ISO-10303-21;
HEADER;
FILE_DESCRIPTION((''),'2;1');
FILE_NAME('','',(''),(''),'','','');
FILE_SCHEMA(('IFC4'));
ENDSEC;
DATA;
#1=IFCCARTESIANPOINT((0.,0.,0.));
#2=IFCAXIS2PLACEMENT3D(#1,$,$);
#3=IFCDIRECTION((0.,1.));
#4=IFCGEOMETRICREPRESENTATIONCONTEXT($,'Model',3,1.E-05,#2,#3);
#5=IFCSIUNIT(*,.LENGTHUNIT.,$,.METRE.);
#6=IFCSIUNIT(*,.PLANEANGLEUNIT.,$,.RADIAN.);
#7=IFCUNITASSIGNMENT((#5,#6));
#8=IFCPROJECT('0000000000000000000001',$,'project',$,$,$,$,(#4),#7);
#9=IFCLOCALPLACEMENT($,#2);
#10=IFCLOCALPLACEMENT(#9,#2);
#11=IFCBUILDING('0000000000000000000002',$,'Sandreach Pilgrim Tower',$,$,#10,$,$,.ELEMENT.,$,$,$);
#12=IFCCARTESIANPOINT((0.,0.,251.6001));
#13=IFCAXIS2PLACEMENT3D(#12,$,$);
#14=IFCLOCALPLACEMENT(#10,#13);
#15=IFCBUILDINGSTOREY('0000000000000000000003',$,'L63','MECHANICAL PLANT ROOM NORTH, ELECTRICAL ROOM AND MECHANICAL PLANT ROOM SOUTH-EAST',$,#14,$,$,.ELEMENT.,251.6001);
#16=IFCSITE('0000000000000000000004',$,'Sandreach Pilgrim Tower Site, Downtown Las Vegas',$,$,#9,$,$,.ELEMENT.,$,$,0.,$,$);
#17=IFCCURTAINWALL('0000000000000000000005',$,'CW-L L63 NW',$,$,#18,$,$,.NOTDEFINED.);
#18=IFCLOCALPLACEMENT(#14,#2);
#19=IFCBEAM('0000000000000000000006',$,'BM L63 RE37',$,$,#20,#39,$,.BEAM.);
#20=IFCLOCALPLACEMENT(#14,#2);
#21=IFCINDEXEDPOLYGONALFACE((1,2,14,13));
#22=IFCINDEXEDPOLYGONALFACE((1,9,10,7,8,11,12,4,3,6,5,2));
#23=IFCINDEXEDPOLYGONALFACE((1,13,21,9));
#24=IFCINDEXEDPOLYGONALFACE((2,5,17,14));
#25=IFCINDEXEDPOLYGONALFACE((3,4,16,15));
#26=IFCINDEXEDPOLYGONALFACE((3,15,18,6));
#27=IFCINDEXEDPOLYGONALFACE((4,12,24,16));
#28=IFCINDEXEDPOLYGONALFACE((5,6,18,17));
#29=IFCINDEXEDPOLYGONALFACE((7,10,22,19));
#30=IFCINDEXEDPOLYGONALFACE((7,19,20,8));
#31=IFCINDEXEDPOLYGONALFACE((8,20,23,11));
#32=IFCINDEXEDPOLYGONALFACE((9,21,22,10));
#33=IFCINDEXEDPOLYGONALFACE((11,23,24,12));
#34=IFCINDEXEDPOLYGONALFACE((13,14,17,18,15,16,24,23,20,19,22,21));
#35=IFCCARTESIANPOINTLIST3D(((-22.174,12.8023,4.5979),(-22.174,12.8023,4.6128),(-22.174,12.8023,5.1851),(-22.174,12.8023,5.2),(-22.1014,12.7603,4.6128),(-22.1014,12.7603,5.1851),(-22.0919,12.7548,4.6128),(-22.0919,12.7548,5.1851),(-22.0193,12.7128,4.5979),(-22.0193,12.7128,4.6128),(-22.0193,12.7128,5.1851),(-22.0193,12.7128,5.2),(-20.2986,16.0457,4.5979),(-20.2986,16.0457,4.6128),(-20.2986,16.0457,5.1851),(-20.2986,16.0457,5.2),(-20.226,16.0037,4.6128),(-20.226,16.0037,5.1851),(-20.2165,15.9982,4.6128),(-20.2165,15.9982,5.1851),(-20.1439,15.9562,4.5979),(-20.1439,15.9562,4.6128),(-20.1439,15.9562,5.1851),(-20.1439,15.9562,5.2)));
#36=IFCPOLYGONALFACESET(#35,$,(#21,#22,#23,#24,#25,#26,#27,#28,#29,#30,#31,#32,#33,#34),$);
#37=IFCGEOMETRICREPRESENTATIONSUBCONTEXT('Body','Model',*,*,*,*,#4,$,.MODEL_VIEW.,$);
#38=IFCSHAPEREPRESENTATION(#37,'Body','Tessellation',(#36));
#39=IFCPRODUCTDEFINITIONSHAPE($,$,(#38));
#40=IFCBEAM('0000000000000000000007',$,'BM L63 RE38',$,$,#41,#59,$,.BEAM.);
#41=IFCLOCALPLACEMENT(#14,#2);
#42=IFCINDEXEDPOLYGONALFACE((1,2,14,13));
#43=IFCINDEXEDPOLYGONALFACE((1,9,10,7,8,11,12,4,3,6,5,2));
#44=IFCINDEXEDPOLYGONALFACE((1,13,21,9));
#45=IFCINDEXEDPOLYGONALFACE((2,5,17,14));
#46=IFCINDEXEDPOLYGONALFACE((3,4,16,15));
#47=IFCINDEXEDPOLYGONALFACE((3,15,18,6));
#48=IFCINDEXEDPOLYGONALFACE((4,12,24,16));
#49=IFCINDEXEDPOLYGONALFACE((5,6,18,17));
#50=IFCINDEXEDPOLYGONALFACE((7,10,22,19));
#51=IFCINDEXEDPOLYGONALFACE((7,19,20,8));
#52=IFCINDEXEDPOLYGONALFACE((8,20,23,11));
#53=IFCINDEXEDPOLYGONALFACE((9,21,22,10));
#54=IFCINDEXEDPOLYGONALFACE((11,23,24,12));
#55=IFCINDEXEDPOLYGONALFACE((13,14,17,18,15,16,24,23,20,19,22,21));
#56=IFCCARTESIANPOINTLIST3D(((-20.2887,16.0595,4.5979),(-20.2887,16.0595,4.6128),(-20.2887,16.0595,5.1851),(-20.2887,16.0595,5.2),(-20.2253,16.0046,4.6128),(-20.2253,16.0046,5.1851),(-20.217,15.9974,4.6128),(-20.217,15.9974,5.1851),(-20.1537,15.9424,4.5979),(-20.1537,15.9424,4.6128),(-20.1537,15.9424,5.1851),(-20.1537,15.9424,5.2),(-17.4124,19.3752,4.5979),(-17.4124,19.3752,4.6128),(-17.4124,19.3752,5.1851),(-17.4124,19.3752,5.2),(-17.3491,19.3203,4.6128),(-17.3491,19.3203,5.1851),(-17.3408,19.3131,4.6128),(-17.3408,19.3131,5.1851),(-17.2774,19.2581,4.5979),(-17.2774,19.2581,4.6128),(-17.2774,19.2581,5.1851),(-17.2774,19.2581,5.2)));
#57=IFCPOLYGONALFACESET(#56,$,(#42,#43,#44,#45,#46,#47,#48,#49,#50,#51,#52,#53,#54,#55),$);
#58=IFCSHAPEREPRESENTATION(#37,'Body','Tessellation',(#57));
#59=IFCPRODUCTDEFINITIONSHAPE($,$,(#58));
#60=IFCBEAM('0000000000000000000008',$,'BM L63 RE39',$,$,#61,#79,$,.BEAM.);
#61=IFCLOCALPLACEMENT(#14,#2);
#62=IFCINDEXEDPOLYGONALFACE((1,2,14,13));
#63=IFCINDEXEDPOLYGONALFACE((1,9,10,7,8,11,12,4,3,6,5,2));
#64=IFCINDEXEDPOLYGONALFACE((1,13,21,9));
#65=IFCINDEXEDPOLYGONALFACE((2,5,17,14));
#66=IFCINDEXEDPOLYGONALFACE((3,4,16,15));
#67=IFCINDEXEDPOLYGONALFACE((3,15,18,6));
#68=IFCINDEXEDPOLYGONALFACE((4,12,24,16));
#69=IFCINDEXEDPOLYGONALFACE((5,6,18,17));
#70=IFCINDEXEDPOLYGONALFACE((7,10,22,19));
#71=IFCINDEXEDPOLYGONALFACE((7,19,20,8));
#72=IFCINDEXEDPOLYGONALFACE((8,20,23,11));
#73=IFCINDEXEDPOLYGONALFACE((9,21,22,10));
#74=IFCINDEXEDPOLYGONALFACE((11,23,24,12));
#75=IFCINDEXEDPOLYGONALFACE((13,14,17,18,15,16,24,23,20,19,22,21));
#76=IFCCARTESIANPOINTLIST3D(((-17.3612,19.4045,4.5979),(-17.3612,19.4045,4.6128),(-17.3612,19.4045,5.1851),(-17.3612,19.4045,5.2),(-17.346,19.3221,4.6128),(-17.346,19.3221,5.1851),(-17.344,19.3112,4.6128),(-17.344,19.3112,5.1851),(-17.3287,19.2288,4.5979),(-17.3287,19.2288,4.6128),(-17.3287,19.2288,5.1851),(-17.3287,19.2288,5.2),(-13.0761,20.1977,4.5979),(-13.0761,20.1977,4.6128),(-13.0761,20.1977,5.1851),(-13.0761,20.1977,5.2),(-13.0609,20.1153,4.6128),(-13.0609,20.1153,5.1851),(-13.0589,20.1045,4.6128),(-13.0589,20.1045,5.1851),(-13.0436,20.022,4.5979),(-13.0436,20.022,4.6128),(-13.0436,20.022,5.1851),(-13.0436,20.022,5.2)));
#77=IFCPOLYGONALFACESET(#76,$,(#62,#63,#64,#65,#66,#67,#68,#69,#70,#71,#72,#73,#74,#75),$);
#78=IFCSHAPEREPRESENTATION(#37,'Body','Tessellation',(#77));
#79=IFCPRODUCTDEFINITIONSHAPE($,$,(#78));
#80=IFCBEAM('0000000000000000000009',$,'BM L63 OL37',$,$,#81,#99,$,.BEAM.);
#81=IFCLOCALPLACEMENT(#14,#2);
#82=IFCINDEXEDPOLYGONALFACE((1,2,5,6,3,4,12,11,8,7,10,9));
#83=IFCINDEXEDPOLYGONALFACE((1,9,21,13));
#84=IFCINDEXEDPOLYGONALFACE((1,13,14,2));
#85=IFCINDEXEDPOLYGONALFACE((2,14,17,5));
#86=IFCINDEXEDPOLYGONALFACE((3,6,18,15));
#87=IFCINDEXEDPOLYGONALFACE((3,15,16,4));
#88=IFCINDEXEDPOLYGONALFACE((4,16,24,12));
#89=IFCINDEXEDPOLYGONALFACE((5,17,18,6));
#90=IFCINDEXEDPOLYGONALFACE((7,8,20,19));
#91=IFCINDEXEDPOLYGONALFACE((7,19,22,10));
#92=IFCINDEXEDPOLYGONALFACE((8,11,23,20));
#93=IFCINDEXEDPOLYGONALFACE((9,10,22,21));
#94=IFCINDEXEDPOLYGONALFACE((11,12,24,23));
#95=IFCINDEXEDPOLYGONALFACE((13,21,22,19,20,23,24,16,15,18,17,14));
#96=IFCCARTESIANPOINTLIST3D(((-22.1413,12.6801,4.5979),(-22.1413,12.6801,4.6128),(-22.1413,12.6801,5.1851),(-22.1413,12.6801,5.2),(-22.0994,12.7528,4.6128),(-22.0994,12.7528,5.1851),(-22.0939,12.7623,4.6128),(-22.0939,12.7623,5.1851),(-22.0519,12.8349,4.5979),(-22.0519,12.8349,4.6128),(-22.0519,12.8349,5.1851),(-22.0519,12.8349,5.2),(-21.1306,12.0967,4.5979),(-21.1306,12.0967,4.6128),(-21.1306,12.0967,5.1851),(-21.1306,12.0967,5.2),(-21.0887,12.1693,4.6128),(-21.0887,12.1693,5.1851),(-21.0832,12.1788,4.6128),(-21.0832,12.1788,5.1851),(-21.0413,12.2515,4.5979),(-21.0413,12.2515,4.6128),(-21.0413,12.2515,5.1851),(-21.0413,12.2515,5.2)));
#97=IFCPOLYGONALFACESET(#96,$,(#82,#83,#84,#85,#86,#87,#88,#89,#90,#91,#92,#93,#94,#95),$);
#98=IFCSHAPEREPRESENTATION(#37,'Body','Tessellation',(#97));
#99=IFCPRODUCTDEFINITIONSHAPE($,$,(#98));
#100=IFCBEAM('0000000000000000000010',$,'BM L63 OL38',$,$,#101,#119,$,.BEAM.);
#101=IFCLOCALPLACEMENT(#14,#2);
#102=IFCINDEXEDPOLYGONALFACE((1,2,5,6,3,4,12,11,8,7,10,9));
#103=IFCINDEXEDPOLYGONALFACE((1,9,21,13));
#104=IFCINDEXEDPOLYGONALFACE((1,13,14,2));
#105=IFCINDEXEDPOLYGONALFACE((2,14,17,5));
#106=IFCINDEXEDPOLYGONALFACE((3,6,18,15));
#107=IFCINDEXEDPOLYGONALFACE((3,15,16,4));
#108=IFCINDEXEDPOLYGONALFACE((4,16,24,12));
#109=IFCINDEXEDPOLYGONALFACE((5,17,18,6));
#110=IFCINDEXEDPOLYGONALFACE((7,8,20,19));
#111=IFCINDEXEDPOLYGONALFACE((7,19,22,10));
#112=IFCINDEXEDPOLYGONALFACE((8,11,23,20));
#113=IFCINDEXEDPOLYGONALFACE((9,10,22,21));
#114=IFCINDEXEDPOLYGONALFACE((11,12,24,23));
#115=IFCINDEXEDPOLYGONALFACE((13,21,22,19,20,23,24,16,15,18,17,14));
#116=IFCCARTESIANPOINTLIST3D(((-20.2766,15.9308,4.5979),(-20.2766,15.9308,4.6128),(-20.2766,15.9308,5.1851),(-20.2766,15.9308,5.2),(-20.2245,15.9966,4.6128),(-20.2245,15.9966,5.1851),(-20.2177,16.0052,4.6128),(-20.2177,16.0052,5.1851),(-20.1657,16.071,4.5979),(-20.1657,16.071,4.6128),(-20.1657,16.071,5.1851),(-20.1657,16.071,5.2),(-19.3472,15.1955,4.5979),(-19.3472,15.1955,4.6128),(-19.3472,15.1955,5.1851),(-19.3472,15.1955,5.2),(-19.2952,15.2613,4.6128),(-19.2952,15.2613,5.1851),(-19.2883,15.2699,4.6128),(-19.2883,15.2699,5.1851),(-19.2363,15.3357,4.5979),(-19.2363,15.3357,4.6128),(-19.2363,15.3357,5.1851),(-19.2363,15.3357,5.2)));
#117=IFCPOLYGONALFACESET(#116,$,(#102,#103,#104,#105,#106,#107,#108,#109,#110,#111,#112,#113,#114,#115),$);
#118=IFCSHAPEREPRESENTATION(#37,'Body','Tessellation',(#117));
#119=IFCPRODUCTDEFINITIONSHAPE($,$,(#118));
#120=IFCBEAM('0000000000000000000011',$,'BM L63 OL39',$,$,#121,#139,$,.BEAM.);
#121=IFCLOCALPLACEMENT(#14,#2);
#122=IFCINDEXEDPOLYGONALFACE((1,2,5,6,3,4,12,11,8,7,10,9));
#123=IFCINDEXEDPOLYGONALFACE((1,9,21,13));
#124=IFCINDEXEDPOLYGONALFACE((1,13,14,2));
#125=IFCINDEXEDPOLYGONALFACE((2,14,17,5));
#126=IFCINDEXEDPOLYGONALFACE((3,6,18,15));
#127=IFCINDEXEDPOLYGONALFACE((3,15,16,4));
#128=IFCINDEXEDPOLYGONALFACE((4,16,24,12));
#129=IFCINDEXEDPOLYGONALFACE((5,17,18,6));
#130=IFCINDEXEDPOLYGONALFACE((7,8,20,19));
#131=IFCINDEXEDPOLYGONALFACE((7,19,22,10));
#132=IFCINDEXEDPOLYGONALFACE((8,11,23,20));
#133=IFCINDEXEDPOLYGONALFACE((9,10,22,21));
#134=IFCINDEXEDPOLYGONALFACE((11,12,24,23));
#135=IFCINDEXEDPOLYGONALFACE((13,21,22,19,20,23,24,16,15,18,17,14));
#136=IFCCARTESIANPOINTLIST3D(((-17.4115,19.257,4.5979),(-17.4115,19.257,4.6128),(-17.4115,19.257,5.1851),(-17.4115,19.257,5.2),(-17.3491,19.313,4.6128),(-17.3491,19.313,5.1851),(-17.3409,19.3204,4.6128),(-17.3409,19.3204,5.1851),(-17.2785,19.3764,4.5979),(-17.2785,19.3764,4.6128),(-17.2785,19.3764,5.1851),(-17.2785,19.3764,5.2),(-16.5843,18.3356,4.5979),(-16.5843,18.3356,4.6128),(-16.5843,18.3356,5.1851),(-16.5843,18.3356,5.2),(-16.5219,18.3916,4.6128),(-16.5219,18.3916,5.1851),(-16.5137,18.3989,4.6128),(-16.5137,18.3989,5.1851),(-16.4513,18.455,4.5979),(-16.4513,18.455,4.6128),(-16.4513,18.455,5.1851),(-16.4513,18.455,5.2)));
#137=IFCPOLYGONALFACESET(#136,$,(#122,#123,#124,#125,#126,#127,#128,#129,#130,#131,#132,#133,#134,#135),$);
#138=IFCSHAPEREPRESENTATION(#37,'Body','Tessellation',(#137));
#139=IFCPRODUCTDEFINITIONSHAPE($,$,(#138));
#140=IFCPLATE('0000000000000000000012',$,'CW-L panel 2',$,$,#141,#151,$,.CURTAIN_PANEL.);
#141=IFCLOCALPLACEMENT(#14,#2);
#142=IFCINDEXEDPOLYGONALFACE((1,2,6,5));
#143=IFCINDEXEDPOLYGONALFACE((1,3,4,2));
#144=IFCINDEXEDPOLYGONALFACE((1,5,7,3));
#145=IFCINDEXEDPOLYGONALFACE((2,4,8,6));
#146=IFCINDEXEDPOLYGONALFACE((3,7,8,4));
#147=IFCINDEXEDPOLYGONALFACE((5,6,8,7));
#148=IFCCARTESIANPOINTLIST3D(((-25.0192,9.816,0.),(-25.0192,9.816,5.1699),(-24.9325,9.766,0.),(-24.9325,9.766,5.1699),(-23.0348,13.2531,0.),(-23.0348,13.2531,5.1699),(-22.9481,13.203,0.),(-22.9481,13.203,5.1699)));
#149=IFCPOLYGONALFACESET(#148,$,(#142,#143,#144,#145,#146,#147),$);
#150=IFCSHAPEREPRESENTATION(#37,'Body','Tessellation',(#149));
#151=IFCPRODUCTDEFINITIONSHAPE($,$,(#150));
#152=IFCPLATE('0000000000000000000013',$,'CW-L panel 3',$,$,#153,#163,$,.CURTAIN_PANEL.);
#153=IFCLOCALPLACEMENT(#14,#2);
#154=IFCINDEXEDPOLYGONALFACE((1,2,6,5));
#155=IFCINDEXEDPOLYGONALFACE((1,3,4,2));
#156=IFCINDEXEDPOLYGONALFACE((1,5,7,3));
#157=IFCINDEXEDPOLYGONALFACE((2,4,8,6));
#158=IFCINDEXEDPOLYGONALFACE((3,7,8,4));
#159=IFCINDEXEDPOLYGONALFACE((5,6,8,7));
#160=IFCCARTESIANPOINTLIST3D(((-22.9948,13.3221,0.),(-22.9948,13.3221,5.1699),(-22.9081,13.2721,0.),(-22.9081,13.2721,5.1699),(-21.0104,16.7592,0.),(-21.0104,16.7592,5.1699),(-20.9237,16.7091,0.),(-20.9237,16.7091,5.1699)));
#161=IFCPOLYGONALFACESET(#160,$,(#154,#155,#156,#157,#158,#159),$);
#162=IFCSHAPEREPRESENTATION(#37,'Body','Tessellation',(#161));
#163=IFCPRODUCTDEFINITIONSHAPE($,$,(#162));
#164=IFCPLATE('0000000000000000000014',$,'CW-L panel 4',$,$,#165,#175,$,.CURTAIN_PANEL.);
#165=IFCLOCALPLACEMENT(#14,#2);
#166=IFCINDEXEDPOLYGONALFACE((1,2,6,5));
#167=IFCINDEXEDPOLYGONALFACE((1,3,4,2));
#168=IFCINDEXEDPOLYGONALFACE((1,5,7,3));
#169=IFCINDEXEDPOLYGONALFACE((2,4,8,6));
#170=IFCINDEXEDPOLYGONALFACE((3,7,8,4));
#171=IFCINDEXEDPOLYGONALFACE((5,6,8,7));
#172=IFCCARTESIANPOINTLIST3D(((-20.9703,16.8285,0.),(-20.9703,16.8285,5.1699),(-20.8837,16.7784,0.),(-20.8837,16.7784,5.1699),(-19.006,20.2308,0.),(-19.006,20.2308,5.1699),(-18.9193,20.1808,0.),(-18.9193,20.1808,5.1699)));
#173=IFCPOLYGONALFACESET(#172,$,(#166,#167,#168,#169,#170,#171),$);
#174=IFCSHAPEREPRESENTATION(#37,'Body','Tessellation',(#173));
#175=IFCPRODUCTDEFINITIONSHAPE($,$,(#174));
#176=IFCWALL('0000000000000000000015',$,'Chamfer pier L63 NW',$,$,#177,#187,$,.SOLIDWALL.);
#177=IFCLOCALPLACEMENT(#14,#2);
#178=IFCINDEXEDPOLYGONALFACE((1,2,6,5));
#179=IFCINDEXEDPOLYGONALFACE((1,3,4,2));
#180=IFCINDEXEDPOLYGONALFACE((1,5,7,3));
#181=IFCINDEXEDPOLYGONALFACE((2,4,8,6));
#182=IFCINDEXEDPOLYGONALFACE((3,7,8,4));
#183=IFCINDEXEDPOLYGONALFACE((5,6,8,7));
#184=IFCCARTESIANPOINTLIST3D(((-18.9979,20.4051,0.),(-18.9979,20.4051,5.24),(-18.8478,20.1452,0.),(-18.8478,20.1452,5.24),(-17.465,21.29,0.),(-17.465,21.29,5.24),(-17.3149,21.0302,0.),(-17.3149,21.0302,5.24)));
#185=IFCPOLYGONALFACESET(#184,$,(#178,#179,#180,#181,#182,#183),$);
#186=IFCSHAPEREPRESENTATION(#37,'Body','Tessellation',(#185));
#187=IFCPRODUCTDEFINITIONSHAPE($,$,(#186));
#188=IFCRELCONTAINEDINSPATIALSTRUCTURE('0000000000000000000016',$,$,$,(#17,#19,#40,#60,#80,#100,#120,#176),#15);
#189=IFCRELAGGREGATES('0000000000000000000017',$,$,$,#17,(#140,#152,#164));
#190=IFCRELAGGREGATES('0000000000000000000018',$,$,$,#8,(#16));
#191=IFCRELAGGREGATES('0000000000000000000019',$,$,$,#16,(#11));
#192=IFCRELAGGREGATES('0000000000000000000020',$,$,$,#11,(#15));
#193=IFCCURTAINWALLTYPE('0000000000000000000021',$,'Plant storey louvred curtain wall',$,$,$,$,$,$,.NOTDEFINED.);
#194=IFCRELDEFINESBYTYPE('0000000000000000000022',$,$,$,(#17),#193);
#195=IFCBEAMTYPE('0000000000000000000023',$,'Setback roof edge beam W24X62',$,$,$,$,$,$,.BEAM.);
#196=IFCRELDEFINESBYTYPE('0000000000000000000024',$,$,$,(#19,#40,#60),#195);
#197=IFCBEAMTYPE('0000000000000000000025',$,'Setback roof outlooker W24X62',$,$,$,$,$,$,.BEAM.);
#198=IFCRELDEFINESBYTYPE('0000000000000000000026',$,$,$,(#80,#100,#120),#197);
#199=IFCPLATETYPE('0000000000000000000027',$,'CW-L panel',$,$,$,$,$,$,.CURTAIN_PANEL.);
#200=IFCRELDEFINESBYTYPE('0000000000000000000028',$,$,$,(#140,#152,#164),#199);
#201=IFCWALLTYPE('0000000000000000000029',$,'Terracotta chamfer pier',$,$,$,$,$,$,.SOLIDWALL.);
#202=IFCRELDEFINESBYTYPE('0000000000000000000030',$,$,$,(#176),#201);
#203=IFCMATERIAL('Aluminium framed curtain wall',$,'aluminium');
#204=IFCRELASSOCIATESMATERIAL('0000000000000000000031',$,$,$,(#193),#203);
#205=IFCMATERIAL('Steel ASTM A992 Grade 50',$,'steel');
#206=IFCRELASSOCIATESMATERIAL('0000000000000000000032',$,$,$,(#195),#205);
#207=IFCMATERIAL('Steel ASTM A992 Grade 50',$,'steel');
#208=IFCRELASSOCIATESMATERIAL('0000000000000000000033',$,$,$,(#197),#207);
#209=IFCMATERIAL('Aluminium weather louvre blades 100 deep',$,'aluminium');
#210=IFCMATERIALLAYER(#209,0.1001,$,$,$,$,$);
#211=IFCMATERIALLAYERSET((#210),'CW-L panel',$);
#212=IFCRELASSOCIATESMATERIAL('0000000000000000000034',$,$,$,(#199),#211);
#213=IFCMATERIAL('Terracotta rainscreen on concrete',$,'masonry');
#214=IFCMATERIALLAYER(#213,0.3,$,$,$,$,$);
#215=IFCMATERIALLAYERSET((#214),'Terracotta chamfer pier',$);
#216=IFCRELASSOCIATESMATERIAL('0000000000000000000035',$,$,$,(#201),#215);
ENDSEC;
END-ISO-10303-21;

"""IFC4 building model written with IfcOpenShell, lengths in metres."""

from ifc_helpers import new_model, si_unit, direction, frame, frame_2d, origin, origin_2d, place, context, subcontext, project, spatial, rectangle, i_section, extrude, material, layer, layer_set, material_profile, profile_set, type_object, element, aggregate, save


model = new_model("IFC4")

# Units and contexts
model_context = context("Model", 3, precision=1e-05, world=origin(), true_north=direction((0.0, 1.0)))
body_context = subcontext(model_context, "Body", "Model", "MODEL_VIEW")
ifc_project = project(units=[si_unit("LENGTHUNIT", "METRE"), si_unit("PLANEANGLEUNIT", "RADIAN")], contexts=[model_context])

# Site, building, storey
site_placement = place(None, origin())
site = spatial("IfcSite", under=ifc_project, at=site_placement, Name="Sandreach Pilgrim Tower Site, Downtown Las Vegas", CompositionType="ELEMENT", RefElevation=0.0)
building_placement = place(site_placement, origin())
building = spatial("IfcBuilding", under=site, at=building_placement, Name="Sandreach Pilgrim Tower", CompositionType="ELEMENT")
storey_placement = place(building_placement, frame((0.0, 0.0, 251.6001)))
storey = spatial("IfcBuildingStorey", under=building, at=storey_placement, Name="L63", Description="MECHANICAL PLANT ROOM NORTH, ELECTRICAL ROOM AND MECHANICAL PLANT ROOM SOUTH-EAST", CompositionType="ELEMENT", Elevation=251.6001)

# Shared definitions
ifc_material_1 = material(Name="Aluminium framed curtain wall", Category="aluminium")
curtain_wall_type = type_object("IfcCurtainWallType", Name="Plant storey louvred curtain wall", PredefinedType="NOTDEFINED", material=ifc_material_1)

# Curtain wall
curtain_wall_1_placement = place(storey_placement, origin())
curtain_wall_1 = element("IfcCurtainWall", 1, at=curtain_wall_1_placement, inside=storey, type_object=curtain_wall_type, Name="CW-L L63 NW", PredefinedType="NOTDEFINED")

# Beams
ifc_material_2 = material(Name="Steel ASTM A992 Grade 50", Category="steel")
ifc_material_profile_1 = material_profile(ifc_material_2, i_section(OverallWidth=0.1787, OverallDepth=0.6021, WebThickness=0.011, FlangeThickness=0.0149, at=origin_2d()), Name="W24X62")
ifc_profile_set_1 = profile_set([ifc_material_profile_1], Name="Steel ASTM A992 Grade 50")
beam_type_1 = type_object("IfcBeamType", Name="Setback roof edge beam W24X62", PredefinedType="BEAM", material=ifc_profile_set_1)
beam_1_placement = place(storey_placement, frame((-22.0967, 12.7576, 4.8989), z_axis=(0.500582, 0.865689, 0.0), x_axis=(-0.865689, 0.500582, 0.0)))
element("IfcBeam", 2, at=beam_1_placement, inside=storey, type_object=beam_type_1, Name="BM L63 RE37", PredefinedType="BEAM", context=body_context, shape_type="SweptSolid", body=[
    extrude(i_section(OverallWidth=0.1787, OverallDepth=0.6021, WebThickness=0.011, FlangeThickness=0.0149, at=origin_2d()), origin(), (0.0, 0.0, 1.0), 3.7466),
])
beam_2_placement = place(storey_placement, frame((-20.2212, 16.001, 4.8989), z_axis=(0.655274, 0.755392, 0.0), x_axis=(-0.755392, 0.655274, 0.0)))
element("IfcBeam", 3, at=beam_2_placement, inside=storey, type_object=beam_type_1, Name="BM L63 RE38", PredefinedType="BEAM", context=body_context, shape_type="SweptSolid", body=[
    extrude(i_section(OverallWidth=0.1787, OverallDepth=0.6021, WebThickness=0.011, FlangeThickness=0.0149, at=origin_2d()), origin(), (0.0, 0.0, 1.0), 4.3894),
])
beam_3_placement = place(storey_placement, frame((-17.345, 19.3167, 4.8989), z_axis=(0.983296, 0.182015, 0.0), x_axis=(-0.182015, 0.983296, 0.0)))
element("IfcBeam", 4, at=beam_3_placement, inside=storey, type_object=beam_type_1, Name="BM L63 RE39", PredefinedType="BEAM", context=body_context, shape_type="SweptSolid", body=[
    extrude(i_section(OverallWidth=0.1787, OverallDepth=0.6021, WebThickness=0.011, FlangeThickness=0.0149, at=origin_2d()), origin(), (0.0, 0.0, 1.0), 4.3579),
])
ifc_material_3 = material(Name="Steel ASTM A992 Grade 50", Category="steel")
ifc_material_profile_2 = material_profile(ifc_material_3, i_section(OverallWidth=0.1787, OverallDepth=0.6021, WebThickness=0.011, FlangeThickness=0.0149, at=origin_2d()), Name="W24X62")
ifc_profile_set_2 = profile_set([ifc_material_profile_2], Name="Steel ASTM A992 Grade 50")
beam_type_2 = type_object("IfcBeamType", Name="Setback roof outlooker W24X62", PredefinedType="BEAM", material=ifc_profile_set_2)
beam_4_placement = place(storey_placement, frame((-21.0859, 12.1741, 4.8989), z_axis=(-0.866046, 0.499964, 0.0), x_axis=(-0.499964, -0.866046, 0.0)))
element("IfcBeam", 5, at=beam_4_placement, inside=storey, type_object=beam_type_2, Name="BM L63 OL37", PredefinedType="BEAM", context=body_context, shape_type="SweptSolid", body=[
    extrude(i_section(OverallWidth=0.1787, OverallDepth=0.6021, WebThickness=0.011, FlangeThickness=0.0149, at=origin_2d()), origin(), (0.0, 0.0, 1.0), 1.167),
])
beam_5_placement = place(storey_placement, frame((-19.2917, 15.2656, 4.8989), z_axis=(-0.784234, 0.620465, 0.0), x_axis=(-0.620465, -0.784234, 0.0)))
element("IfcBeam", 6, at=beam_5_placement, inside=storey, type_object=beam_type_2, Name="BM L63 OL38", PredefinedType="BEAM", context=body_context, shape_type="SweptSolid", body=[
    extrude(i_section(OverallWidth=0.1787, OverallDepth=0.6021, WebThickness=0.011, FlangeThickness=0.0149, at=origin_2d()), origin(), (0.0, 0.0, 1.0), 1.1851),
])
beam_6_placement = place(storey_placement, frame((-16.5178, 18.3953, 4.8989), z_axis=(-0.668027, 0.744137, 0.0), x_axis=(-0.744137, -0.668027, 0.0)))
element("IfcBeam", 7, at=beam_6_placement, inside=storey, type_object=beam_type_2, Name="BM L63 OL39", PredefinedType="BEAM", context=body_context, shape_type="SweptSolid", body=[
    extrude(i_section(OverallWidth=0.1787, OverallDepth=0.6021, WebThickness=0.011, FlangeThickness=0.0149, at=origin_2d()), origin(), (0.0, 0.0, 1.0), 1.2383),
])

# Plates
ifc_material_4 = material(Name="Aluminium weather louvre blades 100 deep", Category="aluminium")
ifc_layer_1 = layer(ifc_material_4, 0.1001)
ifc_layer_set_1 = layer_set([ifc_layer_1], Name="CW-L panel")
plate_type = type_object("IfcPlateType", Name="CW-L panel", PredefinedType="CURTAIN_PANEL", material=ifc_layer_set_1)
plate_1_placement = place(storey_placement, frame((-23.9836, 11.5095, 0.0), z_axis=(0.0, 0.0, 1.0), x_axis=(0.5, 0.866025, 0.0)))
plate_1 = element("IfcPlate", 8, at=plate_1_placement, type_object=plate_type, Name="CW-L panel 2", PredefinedType="CURTAIN_PANEL", context=body_context, shape_type="SweptSolid", body=[
    extrude(rectangle(XDim=3.9688, YDim=0.1001, at=origin_2d()), origin(), (0.0, 0.0, 1.0), 5.1699),
])
plate_2_placement = place(storey_placement, frame((-21.9592, 15.0156, 0.0), z_axis=(0.0, 0.0, 1.0), x_axis=(0.5, 0.866025, 0.0)))
plate_2 = element("IfcPlate", 9, at=plate_2_placement, type_object=plate_type, Name="CW-L panel 3", PredefinedType="CURTAIN_PANEL", context=body_context, shape_type="SweptSolid", body=[
    extrude(rectangle(XDim=3.9688, YDim=0.1001, at=origin_2d()), origin(), (0.0, 0.0, 1.0), 5.1699),
])
plate_3_placement = place(storey_placement, frame((-19.9448, 18.5046, 0.0), z_axis=(0.0, 0.0, 1.0), x_axis=(0.5, 0.866025, 0.0)))
plate_3 = element("IfcPlate", 10, at=plate_3_placement, type_object=plate_type, Name="CW-L panel 4", PredefinedType="CURTAIN_PANEL", context=body_context, shape_type="SweptSolid", body=[
    extrude(rectangle(XDim=3.9287, YDim=0.1001, at=origin_2d()), origin(), (0.0, 0.0, 1.0), 5.1699),
])
aggregate(curtain_wall_1, [plate_1, plate_2, plate_3])

# Wall
ifc_material_5 = material(Name="Terracotta rainscreen on concrete", Category="masonry")
ifc_layer_2 = layer(ifc_material_5, 0.3)
ifc_layer_set_2 = layer_set([ifc_layer_2], Name="Terracotta chamfer pier")
wall_type = type_object("IfcWallType", Name="Terracotta chamfer pier", PredefinedType="SOLIDWALL", material=ifc_layer_set_2)
wall_placement = place(storey_placement, frame((-18.9229, 20.2751, 0.0), z_axis=(0.0, 0.0, 1.0), x_axis=(0.866036, 0.499981, 0.0)))
element("IfcWall", 11, at=wall_placement, inside=storey, type_object=wall_type, Name="Chamfer pier L63 NW", PredefinedType="SOLIDWALL", context=body_context, shape_type="SweptSolid", body=[
    extrude(rectangle(XDim=1.77, YDim=0.3, at=frame_2d((0.885, 0.0))), origin(), (0.0, 0.0, 1.0), 5.24),
])

save(model, "model.ifc")
